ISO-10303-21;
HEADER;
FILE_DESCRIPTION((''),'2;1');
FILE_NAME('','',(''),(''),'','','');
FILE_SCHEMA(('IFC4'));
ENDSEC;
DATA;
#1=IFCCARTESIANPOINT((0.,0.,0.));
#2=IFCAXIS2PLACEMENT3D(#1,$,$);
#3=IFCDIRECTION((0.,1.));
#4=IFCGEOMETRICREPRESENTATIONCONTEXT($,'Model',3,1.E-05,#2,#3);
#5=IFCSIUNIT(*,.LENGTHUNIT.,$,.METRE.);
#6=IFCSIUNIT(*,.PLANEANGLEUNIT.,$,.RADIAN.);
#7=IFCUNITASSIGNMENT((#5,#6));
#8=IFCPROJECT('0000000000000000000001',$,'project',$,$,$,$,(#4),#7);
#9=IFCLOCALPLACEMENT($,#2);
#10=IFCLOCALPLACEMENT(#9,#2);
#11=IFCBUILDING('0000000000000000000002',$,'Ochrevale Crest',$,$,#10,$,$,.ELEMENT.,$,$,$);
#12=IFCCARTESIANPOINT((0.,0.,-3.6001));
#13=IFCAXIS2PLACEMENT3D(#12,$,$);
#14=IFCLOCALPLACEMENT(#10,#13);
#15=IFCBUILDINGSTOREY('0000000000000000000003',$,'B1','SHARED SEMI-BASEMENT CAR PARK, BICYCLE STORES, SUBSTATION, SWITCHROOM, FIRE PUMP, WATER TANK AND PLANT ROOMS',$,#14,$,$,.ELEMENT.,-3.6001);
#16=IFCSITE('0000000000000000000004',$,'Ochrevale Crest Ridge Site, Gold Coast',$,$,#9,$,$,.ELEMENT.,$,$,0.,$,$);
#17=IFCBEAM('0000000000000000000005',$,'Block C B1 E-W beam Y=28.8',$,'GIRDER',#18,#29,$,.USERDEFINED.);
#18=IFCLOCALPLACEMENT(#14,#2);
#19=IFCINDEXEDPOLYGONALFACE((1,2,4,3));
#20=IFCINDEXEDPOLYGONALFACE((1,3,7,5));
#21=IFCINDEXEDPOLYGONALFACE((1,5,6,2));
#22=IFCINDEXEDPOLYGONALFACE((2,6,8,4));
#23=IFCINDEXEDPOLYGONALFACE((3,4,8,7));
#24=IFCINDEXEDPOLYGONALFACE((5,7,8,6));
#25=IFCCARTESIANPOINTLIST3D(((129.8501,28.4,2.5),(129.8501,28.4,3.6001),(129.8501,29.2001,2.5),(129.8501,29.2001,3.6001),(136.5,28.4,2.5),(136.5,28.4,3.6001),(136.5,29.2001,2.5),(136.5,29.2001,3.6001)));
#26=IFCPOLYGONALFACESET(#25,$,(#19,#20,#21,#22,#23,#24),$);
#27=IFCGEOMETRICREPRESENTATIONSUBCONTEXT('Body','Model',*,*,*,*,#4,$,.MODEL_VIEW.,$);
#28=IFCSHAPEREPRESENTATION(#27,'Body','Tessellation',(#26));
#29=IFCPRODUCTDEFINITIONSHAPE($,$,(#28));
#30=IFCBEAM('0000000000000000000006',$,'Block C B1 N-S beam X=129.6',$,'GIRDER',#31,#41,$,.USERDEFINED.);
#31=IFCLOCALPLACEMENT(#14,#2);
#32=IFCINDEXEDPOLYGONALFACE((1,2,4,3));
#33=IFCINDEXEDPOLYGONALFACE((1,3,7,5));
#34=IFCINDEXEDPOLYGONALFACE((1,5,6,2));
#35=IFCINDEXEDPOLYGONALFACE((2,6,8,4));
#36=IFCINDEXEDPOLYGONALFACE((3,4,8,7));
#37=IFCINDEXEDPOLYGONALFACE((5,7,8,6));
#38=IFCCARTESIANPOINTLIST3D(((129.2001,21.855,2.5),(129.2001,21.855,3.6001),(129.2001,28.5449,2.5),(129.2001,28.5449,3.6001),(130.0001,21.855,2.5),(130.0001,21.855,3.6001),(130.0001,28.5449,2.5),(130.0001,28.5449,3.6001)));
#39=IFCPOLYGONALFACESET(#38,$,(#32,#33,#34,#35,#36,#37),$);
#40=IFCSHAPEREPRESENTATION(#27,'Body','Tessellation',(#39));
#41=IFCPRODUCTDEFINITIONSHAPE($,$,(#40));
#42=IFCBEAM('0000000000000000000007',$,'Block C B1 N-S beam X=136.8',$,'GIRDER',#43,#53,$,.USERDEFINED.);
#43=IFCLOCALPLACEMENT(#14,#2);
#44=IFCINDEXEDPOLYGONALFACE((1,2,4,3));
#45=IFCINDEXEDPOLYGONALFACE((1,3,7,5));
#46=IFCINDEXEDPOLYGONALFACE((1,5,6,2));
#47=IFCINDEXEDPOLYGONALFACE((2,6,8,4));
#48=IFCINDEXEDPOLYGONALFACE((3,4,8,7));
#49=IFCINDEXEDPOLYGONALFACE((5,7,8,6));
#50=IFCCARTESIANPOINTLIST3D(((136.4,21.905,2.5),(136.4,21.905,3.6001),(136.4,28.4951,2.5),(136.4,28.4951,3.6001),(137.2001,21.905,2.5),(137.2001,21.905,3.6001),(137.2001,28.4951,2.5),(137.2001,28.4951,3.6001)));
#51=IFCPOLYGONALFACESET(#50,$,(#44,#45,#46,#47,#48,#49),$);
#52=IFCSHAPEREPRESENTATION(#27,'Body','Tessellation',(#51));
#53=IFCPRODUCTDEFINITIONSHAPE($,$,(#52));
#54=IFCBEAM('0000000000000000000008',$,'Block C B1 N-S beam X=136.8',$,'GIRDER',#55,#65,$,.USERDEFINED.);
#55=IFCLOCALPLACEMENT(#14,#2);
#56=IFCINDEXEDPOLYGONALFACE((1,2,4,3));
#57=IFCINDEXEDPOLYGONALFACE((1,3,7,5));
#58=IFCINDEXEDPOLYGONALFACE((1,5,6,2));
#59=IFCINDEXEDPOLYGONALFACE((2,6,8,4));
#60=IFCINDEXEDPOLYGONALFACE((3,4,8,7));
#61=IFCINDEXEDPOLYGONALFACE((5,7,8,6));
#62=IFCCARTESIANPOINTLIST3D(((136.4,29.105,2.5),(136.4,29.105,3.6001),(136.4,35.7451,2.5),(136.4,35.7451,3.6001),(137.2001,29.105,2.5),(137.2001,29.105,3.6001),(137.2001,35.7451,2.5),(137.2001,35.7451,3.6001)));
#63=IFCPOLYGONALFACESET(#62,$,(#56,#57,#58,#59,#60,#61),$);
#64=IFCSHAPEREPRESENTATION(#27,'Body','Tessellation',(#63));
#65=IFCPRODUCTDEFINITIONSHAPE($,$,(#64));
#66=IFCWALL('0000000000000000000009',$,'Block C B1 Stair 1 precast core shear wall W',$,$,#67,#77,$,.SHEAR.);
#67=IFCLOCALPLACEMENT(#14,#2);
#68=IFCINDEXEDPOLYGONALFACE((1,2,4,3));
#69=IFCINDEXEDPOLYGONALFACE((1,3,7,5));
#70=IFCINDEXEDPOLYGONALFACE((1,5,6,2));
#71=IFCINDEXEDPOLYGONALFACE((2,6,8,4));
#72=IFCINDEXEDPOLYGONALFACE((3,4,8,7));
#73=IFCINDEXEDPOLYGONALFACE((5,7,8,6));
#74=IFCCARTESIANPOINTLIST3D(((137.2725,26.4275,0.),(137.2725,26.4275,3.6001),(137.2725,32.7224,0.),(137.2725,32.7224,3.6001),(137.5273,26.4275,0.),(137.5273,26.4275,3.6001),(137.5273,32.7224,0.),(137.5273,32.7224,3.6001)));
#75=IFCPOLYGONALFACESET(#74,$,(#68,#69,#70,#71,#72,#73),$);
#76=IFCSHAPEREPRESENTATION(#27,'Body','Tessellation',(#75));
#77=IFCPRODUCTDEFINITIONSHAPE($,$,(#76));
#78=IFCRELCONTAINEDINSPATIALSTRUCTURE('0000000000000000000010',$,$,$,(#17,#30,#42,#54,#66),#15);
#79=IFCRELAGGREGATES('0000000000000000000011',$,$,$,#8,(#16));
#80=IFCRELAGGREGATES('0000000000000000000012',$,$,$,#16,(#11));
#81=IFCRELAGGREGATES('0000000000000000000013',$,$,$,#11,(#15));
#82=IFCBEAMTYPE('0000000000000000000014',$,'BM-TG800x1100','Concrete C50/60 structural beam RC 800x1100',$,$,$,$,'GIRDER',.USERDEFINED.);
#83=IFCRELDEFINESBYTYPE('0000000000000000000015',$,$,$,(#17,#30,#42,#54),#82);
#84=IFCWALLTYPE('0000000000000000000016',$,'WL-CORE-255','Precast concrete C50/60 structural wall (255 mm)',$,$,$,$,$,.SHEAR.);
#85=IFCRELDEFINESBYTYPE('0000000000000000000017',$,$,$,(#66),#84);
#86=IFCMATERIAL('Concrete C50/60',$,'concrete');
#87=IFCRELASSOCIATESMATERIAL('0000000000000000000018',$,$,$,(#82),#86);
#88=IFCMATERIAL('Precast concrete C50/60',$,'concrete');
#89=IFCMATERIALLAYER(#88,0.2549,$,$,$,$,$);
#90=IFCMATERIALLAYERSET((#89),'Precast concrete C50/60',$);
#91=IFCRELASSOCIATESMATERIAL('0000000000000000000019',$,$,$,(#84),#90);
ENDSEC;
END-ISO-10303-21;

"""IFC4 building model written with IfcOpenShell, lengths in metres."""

from ifc_helpers import new_model, si_unit, direction, frame, frame_2d, origin, origin_2d, place, context, subcontext, project, spatial, rectangle, extrude, material, layer, layer_set, material_profile, profile_set, type_object, element, save


model = new_model("IFC4")

# Units and contexts
model_context = context("Model", 3, precision=1e-05, world=origin(), true_north=direction((0.0, 1.0)))
body_context = subcontext(model_context, "Body", "Model", "MODEL_VIEW")
ifc_project = project(units=[si_unit("LENGTHUNIT", "METRE"), si_unit("PLANEANGLEUNIT", "RADIAN")], contexts=[model_context])

# Site, building, storey
site_placement = place(None, origin())
site = spatial("IfcSite", under=ifc_project, at=site_placement, Name="Ochrevale Crest Ridge Site, Gold Coast", CompositionType="ELEMENT", RefElevation=0.0)
building_placement = place(site_placement, origin())
building = spatial("IfcBuilding", under=site, at=building_placement, Name="Ochrevale Crest", CompositionType="ELEMENT")
storey_placement = place(building_placement, frame((0.0, 0.0, -3.6001)))
storey = spatial("IfcBuildingStorey", under=building, at=storey_placement, Name="B1", Description="SHARED SEMI-BASEMENT CAR PARK, BICYCLE STORES, SUBSTATION, SWITCHROOM, FIRE PUMP, WATER TANK AND PLANT ROOMS", CompositionType="ELEMENT", Elevation=-3.6001)

# Shared definitions
ifc_material_1 = material(Name="Precast concrete C50/60", Category="concrete")
ifc_material_2 = material(Name="Concrete C50/60", Category="concrete")

# Beams
ifc_material_profile_1 = material_profile(ifc_material_2, rectangle(XDim=0.8, YDim=1.1001, at=origin_2d()), Name="RC 800x1100")
ifc_profile_set_1 = profile_set([ifc_material_profile_1], Name="Concrete C50/60")
beam_type = type_object("IfcBeamType", Name="BM-TG800x1100", Description="Concrete C50/60 structural beam RC 800x1100", ElementType="GIRDER", PredefinedType="USERDEFINED", material=ifc_profile_set_1)
beam_1_placement = place(storey_placement, frame((129.8501, 28.8, 3.05), z_axis=(1.0, 0.0, 0.0), x_axis=(0.0, 1.0, 0.0)))
element("IfcBeam", 1, at=beam_1_placement, inside=storey, type_object=beam_type, Name="Block C B1 E-W beam Y=28.8", ObjectType="GIRDER", PredefinedType="USERDEFINED", context=body_context, shape_type="SweptSolid", body=[
    extrude(rectangle(XDim=0.8, YDim=1.1001, at=origin_2d()), origin(), (0.0, 0.0, 1.0), 6.6499),
])
beam_2_placement = place(storey_placement, frame((129.6001, 21.855, 3.05), z_axis=(0.0, 1.0, 0.0), x_axis=(-1.0, 0.0, 0.0)))
element("IfcBeam", 2, at=beam_2_placement, inside=storey, type_object=beam_type, Name="Block C B1 N-S beam X=129.6", ObjectType="GIRDER", PredefinedType="USERDEFINED", context=body_context, shape_type="SweptSolid", body=[
    extrude(rectangle(XDim=0.8, YDim=1.1001, at=origin_2d()), origin(), (0.0, 0.0, 1.0), 6.6899),
])
beam_3_placement = place(storey_placement, frame((136.8, 21.905, 3.05), z_axis=(0.0, 1.0, 0.0), x_axis=(-1.0, 0.0, 0.0)))
element("IfcBeam", 3, at=beam_3_placement, inside=storey, type_object=beam_type, Name="Block C B1 N-S beam X=136.8", ObjectType="GIRDER", PredefinedType="USERDEFINED", context=body_context, shape_type="SweptSolid", body=[
    extrude(rectangle(XDim=0.8, YDim=1.1001, at=origin_2d()), origin(), (0.0, 0.0, 1.0), 6.5901),
])
beam_4_placement = place(storey_placement, frame((136.8, 29.105, 3.05), z_axis=(0.0, 1.0, 0.0), x_axis=(-1.0, 0.0, 0.0)))
element("IfcBeam", 4, at=beam_4_placement, inside=storey, type_object=beam_type, Name="Block C B1 N-S beam X=136.8", ObjectType="GIRDER", PredefinedType="USERDEFINED", context=body_context, shape_type="SweptSolid", body=[
    extrude(rectangle(XDim=0.8, YDim=1.1001, at=origin_2d()), origin(), (0.0, 0.0, 1.0), 6.6401),
])

# Shared definitions
ifc_layer = layer(ifc_material_1, 0.2549)
ifc_layer_set = layer_set([ifc_layer], Name="Precast concrete C50/60")
wall_type = type_object("IfcWallType", Name="WL-CORE-255", Description="Precast concrete C50/60 structural wall (255 mm)", PredefinedType="SHEAR", material=ifc_layer_set)

# Wall
wall_1_placement = place(storey_placement, frame((137.3999, 26.4275, 0.0), z_axis=(0.0, 0.0, 1.0), x_axis=(0.0, 1.0, 0.0)))
element("IfcWall", 5, at=wall_1_placement, inside=storey, type_object=wall_type, Name="Block C B1 Stair 1 precast core shear wall W", PredefinedType="SHEAR", context=body_context, shape_type="SweptSolid", body=[
    extrude(rectangle(XDim=6.2949, YDim=0.2549, at=frame_2d((3.1475, 0.0))), origin(), (0.0, 0.0, 1.0), 3.6001),
])

save(model, "model.ifc")
